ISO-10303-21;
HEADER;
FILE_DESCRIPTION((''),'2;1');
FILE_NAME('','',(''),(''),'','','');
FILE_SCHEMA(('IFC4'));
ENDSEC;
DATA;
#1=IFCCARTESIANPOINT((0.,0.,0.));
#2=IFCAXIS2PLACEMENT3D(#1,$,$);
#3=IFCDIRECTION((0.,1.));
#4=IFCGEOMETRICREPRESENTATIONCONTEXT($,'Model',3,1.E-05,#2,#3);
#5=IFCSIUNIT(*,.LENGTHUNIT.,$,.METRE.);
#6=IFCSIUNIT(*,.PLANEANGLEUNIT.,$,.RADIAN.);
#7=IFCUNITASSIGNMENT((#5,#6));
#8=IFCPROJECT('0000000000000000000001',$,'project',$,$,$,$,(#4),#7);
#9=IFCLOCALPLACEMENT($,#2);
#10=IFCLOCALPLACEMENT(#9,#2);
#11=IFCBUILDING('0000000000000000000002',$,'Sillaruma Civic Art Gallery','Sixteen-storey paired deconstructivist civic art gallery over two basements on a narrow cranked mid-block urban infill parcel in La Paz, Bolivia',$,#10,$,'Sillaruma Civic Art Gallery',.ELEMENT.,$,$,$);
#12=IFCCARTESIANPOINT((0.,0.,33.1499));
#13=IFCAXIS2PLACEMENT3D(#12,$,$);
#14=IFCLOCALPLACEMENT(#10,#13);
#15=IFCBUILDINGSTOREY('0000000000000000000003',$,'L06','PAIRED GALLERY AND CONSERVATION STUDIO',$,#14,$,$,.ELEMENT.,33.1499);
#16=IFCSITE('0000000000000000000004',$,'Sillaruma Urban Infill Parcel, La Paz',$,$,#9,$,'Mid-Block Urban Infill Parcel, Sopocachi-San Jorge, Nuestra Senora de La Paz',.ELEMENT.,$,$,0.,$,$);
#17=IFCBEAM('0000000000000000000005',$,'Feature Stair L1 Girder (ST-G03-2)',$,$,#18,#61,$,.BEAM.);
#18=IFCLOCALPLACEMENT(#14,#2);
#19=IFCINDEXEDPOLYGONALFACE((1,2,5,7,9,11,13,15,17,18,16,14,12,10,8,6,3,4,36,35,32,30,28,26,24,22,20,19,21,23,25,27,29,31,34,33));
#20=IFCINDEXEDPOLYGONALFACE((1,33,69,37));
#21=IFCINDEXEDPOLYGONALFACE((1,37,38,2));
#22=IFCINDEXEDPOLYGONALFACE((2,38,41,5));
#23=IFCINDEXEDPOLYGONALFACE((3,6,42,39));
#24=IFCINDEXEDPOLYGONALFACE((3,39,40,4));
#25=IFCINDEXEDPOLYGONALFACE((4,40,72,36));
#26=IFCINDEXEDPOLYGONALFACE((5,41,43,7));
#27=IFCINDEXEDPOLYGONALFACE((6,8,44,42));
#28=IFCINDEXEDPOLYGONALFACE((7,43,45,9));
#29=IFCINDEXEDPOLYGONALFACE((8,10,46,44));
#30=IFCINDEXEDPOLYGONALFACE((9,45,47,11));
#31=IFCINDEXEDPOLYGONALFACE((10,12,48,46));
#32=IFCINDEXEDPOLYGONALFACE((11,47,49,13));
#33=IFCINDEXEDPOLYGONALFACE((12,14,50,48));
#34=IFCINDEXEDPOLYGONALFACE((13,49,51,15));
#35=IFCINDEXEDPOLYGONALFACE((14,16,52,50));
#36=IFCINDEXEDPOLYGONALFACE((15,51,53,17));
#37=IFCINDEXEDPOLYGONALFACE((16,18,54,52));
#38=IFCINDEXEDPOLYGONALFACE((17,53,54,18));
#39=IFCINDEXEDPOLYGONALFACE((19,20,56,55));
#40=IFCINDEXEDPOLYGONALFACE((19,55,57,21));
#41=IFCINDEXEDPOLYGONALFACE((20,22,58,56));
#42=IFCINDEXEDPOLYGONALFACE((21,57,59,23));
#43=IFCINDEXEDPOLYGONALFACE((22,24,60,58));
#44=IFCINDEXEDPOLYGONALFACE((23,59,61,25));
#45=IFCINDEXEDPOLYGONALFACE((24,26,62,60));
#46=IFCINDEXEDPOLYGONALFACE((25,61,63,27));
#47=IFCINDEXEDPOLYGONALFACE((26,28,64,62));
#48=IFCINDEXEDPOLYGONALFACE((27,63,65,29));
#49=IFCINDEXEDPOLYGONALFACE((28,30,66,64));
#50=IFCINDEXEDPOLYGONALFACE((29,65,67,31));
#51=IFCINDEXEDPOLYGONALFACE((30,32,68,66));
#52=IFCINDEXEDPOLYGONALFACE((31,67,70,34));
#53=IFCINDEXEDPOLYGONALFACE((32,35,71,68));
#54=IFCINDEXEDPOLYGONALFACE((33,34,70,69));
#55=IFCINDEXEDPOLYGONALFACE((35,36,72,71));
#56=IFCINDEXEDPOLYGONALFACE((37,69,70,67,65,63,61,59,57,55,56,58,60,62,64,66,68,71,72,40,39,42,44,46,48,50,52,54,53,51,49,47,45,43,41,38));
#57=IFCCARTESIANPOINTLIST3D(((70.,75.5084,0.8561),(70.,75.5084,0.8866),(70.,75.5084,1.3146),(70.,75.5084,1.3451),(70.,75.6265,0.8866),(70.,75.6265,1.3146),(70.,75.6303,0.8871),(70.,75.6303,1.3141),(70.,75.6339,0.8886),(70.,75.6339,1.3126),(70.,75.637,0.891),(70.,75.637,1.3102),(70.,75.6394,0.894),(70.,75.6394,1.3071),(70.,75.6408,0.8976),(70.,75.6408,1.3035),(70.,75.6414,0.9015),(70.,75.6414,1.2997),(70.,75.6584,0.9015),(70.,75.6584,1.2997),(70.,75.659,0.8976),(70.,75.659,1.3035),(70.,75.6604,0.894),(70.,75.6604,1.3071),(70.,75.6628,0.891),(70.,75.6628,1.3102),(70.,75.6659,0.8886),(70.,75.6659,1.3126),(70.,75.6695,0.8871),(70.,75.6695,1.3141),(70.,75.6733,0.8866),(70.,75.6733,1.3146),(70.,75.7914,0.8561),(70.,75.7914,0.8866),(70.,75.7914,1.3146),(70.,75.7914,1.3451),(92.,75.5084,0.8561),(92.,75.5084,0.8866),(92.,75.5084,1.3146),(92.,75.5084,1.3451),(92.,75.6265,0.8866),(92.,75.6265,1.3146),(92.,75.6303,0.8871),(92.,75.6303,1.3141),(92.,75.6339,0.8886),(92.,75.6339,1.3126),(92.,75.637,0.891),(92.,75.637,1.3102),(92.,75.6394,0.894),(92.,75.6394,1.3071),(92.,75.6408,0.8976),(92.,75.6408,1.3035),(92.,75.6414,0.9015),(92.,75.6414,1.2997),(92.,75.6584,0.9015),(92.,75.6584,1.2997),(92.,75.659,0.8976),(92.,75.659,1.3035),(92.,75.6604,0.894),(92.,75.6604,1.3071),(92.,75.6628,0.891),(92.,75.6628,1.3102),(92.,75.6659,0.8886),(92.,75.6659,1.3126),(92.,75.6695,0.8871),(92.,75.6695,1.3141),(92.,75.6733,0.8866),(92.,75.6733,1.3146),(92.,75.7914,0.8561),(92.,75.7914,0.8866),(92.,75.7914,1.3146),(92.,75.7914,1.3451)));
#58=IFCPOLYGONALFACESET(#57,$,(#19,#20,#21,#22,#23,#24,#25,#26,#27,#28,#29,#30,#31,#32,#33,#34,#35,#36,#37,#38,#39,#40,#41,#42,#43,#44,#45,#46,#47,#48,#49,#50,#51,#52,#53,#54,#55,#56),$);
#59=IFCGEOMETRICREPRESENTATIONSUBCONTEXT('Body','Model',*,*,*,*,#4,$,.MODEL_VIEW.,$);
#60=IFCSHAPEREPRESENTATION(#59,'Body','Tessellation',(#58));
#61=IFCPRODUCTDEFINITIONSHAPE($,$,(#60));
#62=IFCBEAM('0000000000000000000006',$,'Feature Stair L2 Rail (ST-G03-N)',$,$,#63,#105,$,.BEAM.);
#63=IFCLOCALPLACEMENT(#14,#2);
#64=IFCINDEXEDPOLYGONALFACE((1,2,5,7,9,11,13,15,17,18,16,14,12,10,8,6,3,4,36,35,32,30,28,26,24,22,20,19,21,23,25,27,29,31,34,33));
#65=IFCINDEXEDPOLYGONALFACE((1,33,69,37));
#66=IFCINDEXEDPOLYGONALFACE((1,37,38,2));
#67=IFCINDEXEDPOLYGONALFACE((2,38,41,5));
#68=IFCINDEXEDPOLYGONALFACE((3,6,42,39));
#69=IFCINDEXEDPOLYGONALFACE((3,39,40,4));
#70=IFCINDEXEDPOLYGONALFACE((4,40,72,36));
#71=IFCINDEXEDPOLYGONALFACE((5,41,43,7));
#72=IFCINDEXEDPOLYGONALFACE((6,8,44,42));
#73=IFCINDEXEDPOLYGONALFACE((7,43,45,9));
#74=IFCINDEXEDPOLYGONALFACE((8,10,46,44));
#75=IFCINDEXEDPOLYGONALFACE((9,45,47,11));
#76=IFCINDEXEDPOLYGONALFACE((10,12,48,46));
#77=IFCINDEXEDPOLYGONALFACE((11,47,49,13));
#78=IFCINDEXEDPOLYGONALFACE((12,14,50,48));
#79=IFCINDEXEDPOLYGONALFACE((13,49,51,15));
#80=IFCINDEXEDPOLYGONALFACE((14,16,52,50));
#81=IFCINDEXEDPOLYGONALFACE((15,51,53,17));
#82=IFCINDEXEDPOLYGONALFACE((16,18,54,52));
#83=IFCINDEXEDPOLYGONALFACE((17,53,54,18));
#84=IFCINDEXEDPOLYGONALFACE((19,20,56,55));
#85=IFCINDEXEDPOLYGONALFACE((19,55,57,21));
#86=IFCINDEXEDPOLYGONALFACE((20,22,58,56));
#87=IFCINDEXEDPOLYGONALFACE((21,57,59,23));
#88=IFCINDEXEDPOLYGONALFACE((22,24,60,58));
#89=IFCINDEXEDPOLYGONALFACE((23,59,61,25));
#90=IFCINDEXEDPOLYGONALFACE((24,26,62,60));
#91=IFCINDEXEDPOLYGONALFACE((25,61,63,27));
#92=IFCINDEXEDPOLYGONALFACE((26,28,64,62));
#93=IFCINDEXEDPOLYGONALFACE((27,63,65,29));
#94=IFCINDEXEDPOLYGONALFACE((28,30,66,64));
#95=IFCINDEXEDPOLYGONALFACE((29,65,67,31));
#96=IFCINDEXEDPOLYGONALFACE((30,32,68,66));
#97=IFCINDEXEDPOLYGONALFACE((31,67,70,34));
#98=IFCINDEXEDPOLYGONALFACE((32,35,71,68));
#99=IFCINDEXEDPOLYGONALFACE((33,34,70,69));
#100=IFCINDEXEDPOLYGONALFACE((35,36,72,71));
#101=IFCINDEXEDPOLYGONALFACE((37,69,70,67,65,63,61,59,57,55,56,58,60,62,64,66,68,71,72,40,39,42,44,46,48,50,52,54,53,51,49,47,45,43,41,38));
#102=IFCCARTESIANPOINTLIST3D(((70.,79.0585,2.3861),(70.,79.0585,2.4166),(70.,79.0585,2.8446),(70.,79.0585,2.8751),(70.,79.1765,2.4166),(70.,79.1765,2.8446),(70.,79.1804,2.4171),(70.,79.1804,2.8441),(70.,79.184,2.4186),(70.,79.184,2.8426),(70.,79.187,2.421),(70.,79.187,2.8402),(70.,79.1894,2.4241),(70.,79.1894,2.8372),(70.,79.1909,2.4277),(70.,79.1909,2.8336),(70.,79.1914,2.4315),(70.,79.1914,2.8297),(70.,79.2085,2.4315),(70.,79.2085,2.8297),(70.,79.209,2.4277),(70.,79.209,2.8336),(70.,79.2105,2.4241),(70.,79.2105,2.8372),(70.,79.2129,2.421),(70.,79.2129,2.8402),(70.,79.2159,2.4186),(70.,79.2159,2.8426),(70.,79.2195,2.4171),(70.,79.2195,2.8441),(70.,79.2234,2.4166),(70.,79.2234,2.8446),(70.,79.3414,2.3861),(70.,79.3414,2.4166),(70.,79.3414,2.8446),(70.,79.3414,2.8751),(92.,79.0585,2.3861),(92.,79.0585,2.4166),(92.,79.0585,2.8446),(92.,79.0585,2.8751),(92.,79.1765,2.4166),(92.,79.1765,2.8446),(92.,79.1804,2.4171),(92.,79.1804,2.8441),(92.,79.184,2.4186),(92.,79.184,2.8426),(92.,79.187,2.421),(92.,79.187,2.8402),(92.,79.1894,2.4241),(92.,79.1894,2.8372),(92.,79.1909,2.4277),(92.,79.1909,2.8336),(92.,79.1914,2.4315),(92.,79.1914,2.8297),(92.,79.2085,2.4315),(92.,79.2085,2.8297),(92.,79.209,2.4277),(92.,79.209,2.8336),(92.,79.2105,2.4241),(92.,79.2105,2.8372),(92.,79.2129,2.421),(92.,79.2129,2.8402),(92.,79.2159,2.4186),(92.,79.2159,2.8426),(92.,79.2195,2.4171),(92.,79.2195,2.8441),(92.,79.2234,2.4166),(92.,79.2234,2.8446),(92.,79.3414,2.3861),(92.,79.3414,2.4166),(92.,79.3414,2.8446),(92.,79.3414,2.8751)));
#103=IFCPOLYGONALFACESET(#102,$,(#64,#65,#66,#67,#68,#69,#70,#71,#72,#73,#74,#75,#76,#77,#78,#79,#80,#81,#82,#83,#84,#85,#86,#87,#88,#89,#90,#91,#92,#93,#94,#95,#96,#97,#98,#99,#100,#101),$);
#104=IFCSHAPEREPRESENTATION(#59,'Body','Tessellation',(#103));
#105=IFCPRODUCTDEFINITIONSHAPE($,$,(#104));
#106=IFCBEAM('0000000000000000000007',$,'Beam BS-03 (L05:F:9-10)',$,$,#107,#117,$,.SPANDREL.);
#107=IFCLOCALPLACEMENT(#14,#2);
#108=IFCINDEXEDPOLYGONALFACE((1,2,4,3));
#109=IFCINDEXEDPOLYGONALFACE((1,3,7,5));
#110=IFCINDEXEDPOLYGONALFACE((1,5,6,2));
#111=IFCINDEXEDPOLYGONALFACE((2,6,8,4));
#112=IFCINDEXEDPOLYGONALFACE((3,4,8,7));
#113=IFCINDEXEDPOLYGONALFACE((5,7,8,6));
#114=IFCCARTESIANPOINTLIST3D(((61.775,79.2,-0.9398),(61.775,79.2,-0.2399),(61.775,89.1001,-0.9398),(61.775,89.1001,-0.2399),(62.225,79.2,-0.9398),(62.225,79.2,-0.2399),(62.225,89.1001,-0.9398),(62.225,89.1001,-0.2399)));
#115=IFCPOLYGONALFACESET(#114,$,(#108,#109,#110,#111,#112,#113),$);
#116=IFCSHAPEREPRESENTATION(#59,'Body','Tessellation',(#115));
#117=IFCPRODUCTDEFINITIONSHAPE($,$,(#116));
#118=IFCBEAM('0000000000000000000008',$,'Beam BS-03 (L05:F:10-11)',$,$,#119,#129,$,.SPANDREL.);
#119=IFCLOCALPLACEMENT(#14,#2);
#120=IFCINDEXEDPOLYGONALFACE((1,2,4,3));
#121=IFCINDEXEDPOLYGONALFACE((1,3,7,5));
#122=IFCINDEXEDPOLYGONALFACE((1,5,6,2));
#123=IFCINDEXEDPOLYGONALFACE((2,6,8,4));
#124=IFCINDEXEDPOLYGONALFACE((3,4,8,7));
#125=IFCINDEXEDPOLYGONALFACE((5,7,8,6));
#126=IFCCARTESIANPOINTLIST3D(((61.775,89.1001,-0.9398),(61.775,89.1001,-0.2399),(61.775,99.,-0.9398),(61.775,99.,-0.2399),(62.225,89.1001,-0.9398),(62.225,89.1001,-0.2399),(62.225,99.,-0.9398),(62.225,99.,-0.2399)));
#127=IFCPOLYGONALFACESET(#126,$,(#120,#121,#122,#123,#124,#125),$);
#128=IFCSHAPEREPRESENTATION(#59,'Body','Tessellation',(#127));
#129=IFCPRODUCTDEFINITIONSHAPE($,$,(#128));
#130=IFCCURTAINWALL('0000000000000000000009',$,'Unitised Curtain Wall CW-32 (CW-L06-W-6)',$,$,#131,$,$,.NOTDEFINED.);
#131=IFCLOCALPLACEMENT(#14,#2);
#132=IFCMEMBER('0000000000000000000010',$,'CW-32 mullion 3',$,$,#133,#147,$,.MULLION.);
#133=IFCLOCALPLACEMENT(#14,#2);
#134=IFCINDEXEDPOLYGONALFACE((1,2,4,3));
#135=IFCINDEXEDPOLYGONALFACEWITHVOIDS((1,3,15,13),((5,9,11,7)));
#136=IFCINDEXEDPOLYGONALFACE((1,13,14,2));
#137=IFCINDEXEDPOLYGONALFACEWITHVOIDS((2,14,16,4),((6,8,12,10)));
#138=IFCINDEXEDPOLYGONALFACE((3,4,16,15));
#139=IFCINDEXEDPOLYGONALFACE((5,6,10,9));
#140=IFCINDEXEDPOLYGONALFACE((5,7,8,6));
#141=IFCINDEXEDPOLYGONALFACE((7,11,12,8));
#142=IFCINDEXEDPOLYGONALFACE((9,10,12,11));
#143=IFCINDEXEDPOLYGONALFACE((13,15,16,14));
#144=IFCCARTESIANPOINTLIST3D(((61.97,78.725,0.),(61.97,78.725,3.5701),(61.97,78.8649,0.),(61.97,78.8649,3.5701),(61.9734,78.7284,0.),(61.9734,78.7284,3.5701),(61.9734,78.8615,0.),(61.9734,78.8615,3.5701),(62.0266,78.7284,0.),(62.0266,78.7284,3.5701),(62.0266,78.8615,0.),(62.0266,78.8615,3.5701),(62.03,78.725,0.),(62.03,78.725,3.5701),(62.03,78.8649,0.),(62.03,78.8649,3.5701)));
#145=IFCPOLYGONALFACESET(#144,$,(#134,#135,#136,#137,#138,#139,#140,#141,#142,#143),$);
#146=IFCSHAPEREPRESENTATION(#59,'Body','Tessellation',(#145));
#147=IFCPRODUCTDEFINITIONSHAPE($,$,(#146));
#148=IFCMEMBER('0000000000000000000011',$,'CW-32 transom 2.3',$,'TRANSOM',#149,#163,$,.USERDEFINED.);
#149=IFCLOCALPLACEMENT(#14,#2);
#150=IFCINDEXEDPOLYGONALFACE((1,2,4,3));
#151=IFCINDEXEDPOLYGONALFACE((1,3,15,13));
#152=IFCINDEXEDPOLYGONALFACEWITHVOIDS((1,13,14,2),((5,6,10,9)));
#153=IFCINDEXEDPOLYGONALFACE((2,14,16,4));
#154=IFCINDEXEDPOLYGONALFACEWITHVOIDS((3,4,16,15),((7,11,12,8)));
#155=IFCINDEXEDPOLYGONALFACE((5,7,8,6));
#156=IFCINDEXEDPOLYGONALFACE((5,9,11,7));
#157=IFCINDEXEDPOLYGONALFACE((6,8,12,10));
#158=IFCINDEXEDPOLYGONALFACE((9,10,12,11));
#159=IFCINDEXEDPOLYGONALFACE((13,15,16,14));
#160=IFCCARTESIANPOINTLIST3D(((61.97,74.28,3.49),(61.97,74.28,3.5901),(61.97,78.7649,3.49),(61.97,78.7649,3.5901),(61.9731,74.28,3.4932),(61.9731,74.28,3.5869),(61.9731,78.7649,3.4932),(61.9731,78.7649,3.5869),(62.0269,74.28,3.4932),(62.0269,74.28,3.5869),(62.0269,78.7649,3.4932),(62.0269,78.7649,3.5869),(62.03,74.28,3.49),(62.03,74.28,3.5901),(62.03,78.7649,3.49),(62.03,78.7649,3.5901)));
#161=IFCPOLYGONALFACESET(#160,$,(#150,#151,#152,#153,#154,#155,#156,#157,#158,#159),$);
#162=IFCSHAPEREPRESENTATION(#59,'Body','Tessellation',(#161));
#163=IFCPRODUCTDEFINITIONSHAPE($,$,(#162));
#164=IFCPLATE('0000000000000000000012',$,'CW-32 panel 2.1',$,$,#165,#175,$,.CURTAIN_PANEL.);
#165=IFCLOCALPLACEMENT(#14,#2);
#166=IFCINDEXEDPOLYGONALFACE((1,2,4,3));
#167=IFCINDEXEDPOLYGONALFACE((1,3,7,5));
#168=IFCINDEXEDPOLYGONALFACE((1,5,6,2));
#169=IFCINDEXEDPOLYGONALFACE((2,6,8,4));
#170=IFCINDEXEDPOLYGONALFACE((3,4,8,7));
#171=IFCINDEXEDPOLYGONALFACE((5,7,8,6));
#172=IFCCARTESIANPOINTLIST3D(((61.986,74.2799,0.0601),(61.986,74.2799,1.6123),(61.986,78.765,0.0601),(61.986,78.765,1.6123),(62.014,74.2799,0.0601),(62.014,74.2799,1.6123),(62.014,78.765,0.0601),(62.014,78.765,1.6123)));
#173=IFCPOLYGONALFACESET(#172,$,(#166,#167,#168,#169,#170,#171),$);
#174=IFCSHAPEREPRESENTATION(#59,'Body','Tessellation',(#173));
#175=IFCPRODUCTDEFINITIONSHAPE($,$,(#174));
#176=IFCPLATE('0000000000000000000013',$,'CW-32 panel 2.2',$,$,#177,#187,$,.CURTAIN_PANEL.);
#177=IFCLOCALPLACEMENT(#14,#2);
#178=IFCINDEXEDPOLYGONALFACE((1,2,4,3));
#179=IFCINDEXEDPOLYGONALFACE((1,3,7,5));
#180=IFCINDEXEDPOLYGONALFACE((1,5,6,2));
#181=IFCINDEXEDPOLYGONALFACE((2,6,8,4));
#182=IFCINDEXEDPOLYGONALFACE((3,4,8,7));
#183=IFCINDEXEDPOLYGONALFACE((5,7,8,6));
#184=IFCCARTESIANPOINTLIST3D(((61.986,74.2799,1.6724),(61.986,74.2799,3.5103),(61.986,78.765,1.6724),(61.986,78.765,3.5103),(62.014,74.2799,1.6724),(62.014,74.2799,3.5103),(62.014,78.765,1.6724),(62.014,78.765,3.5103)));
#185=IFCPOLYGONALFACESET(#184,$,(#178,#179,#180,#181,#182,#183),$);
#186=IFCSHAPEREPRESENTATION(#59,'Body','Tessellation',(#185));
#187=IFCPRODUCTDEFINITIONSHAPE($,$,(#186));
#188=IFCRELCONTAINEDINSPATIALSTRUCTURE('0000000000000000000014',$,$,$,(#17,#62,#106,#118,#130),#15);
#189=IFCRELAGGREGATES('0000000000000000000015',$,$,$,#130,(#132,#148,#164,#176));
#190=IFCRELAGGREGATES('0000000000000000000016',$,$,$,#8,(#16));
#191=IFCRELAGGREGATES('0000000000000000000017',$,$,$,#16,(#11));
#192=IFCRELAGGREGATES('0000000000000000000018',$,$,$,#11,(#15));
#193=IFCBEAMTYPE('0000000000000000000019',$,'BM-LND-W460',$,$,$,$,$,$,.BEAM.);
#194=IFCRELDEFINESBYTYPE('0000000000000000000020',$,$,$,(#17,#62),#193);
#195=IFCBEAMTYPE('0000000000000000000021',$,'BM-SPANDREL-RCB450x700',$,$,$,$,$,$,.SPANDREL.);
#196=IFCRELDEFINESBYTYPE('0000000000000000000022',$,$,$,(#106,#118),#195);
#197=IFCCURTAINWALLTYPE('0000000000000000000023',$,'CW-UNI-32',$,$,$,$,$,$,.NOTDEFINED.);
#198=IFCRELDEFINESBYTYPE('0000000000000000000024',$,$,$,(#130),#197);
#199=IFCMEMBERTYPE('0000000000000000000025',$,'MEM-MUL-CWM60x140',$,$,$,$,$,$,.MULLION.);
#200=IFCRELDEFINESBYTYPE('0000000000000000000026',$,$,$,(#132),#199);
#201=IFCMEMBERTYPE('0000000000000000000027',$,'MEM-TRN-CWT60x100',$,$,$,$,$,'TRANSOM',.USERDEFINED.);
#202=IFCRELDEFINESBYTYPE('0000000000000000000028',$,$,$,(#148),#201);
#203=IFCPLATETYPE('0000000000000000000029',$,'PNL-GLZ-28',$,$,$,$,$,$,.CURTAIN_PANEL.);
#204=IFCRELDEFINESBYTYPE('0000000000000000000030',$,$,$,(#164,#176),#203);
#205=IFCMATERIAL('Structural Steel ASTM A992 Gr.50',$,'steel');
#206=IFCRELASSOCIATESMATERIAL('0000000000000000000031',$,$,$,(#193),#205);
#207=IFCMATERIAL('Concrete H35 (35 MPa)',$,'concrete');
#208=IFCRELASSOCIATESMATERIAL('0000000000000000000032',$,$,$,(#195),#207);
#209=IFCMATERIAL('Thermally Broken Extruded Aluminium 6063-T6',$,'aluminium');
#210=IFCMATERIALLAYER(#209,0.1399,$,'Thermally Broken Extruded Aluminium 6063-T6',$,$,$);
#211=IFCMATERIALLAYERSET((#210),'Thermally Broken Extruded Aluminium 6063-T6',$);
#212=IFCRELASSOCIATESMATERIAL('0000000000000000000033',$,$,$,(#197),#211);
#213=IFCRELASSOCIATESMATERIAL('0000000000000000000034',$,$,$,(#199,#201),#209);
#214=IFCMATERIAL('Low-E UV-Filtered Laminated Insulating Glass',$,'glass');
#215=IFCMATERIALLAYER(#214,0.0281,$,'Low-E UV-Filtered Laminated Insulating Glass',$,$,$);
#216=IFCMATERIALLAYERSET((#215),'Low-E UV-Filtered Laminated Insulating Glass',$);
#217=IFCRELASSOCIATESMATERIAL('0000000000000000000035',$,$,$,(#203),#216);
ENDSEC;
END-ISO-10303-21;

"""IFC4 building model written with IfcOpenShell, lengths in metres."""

from ifc_helpers import new_model, si_unit, direction, frame, origin, origin_2d, place, context, subcontext, project, spatial, rectangle, hollow_rectangle, i_section, extrude, material, layer, layer_set, material_profile, profile_set, type_object, element, aggregate, save


model = new_model("IFC4")

# Units and contexts
model_context = context("Model", 3, precision=1e-05, world=origin(), true_north=direction((0.0, 1.0)))
body_context = subcontext(model_context, "Body", "Model", "MODEL_VIEW")
ifc_project = project(units=[si_unit("LENGTHUNIT", "METRE"), si_unit("PLANEANGLEUNIT", "RADIAN")], contexts=[model_context])

# Site, building, storey
site_placement = place(None, origin())
site = spatial("IfcSite", under=ifc_project, at=site_placement, Name="Sillaruma Urban Infill Parcel, La Paz", LongName="Mid-Block Urban Infill Parcel, Sopocachi-San Jorge, Nuestra Senora de La Paz", CompositionType="ELEMENT", RefElevation=0.0)
building_placement = place(site_placement, origin())
building = spatial("IfcBuilding", under=site, at=building_placement, Name="Sillaruma Civic Art Gallery", Description="Sixteen-storey paired deconstructivist civic art gallery over two basements on a narrow cranked mid-block urban infill parcel in La Paz, Bolivia", LongName="Sillaruma Civic Art Gallery", CompositionType="ELEMENT")
storey_placement = place(building_placement, frame((0.0, 0.0, 33.1499)))
storey = spatial("IfcBuildingStorey", under=building, at=storey_placement, Name="L06", Description="PAIRED GALLERY AND CONSERVATION STUDIO", CompositionType="ELEMENT", Elevation=33.1499)

# Beams
ifc_material_1 = material(Name="Concrete H35 (35 MPa)", Category="concrete")
ifc_material_2 = material(Name="Structural Steel ASTM A992 Gr.50", Category="steel")
ifc_material_profile_1 = material_profile(ifc_material_2, i_section(OverallWidth=0.283, OverallDepth=0.489, WebThickness=0.0171, FlangeThickness=0.0305, FilletRadius=0.0149, at=origin_2d()), Name="W460x193")
ifc_profile_set_1 = profile_set([ifc_material_profile_1], Name="Structural Steel ASTM A992 Gr.50")
beam_type_1 = type_object("IfcBeamType", Name="BM-LND-W460", PredefinedType="BEAM", material=ifc_profile_set_1)
for number, where, z_axis, x_axis, name in (
    (1, (70.0, 75.6499, 1.1006), (1.0, 0.0, 0.0), (0.0, 1.0, 0.0), "Feature Stair L1 Girder (ST-G03-2)"),
    (2, (70.0, 79.2, 2.6306), (1.0, 0.0, 0.0), (0.0, 1.0, 0.0), "Feature Stair L2 Rail (ST-G03-N)"),
):
    element("IfcBeam", number, at=place(storey_placement, frame(where, z_axis=z_axis, x_axis=x_axis)), inside=storey, type_object=beam_type_1, Name=name, PredefinedType="BEAM", context=body_context, shape_type="SweptSolid", body=[
        extrude(i_section(OverallWidth=0.283, OverallDepth=0.489, WebThickness=0.0171, FlangeThickness=0.0305, FilletRadius=0.0149, at=origin_2d()), origin(), (0.0, 0.0, 1.0), 22.0),
    ])
ifc_material_profile_2 = material_profile(ifc_material_1, rectangle(XDim=0.45, YDim=0.7, at=origin_2d()), Name="RCB450x700")
ifc_profile_set_2 = profile_set([ifc_material_profile_2], Name="Concrete H35 (35 MPa)")
beam_type_2 = type_object("IfcBeamType", Name="BM-SPANDREL-RCB450x700", PredefinedType="SPANDREL", material=ifc_profile_set_2)
beam_1_placement = place(storey_placement, frame((62.0, 79.2, -0.5898), z_axis=(0.0, 1.0, 0.0), x_axis=(-1.0, 0.0, 0.0)))
element("IfcBeam", 3, at=beam_1_placement, inside=storey, type_object=beam_type_2, Name="Beam BS-03 (L05:F:9-10)", PredefinedType="SPANDREL", context=body_context, shape_type="SweptSolid", body=[
    extrude(rectangle(XDim=0.45, YDim=0.7, at=origin_2d()), origin(), (0.0, 0.0, 1.0), 9.9001),
])
beam_2_placement = place(storey_placement, frame((62.0, 89.1001, -0.5898), z_axis=(0.0, 1.0, 0.0), x_axis=(-1.0, 0.0, 0.0)))
element("IfcBeam", 4, at=beam_2_placement, inside=storey, type_object=beam_type_2, Name="Beam BS-03 (L05:F:10-11)", PredefinedType="SPANDREL", context=body_context, shape_type="SweptSolid", body=[
    extrude(rectangle(XDim=0.45, YDim=0.7, at=origin_2d()), origin(), (0.0, 0.0, 1.0), 9.8999),
])

# Curtain wall, members, plates
ifc_material_3 = material(Name="Thermally Broken Extruded Aluminium 6063-T6", Category="aluminium")
ifc_layer_1 = layer(ifc_material_3, 0.1399, Name="Thermally Broken Extruded Aluminium 6063-T6")
ifc_layer_set_1 = layer_set([ifc_layer_1], Name="Thermally Broken Extruded Aluminium 6063-T6")
curtain_wall_type = type_object("IfcCurtainWallType", Name="CW-UNI-32", PredefinedType="NOTDEFINED", material=ifc_layer_set_1)
curtain_wall_placement = place(storey_placement, origin())
curtain_wall = element("IfcCurtainWall", 5, at=curtain_wall_placement, inside=storey, type_object=curtain_wall_type, Name="Unitised Curtain Wall CW-32 (CW-L06-W-6)", PredefinedType="NOTDEFINED")
ifc_material_profile_3 = material_profile(ifc_material_3, hollow_rectangle(XDim=0.0601, YDim=0.1399, WallThickness=0.0034, at=origin_2d()), Name="CWM60x140")
ifc_profile_set_3 = profile_set([ifc_material_profile_3], Name="Thermally Broken Extruded Aluminium 6063-T6")
member_type_1 = type_object("IfcMemberType", Name="MEM-MUL-CWM60x140", PredefinedType="MULLION", material=ifc_profile_set_3)
member_1_placement = place(storey_placement, frame((62.0, 78.7949, 0.0), z_axis=(0.0, 0.0, 1.0), x_axis=(-1.0, 0.0, 0.0)))
member_1 = element("IfcMember", 6, at=member_1_placement, type_object=member_type_1, Name="CW-32 mullion 3", PredefinedType="MULLION", context=body_context, shape_type="SweptSolid", body=[
    extrude(hollow_rectangle(XDim=0.0601, YDim=0.1399, WallThickness=0.0034, at=origin_2d()), origin(), (0.0, 0.0, 1.0), 3.5701),
])
ifc_material_profile_4 = material_profile(ifc_material_3, hollow_rectangle(XDim=0.0601, YDim=0.1001, WallThickness=0.0032, at=origin_2d()), Name="CWT60x100")
ifc_profile_set_4 = profile_set([ifc_material_profile_4], Name="Thermally Broken Extruded Aluminium 6063-T6")
member_type_2 = type_object("IfcMemberType", Name="MEM-TRN-CWT60x100", ElementType="TRANSOM", PredefinedType="USERDEFINED", material=ifc_profile_set_4)
member_2_placement = place(storey_placement, frame((62.0, 74.28, 3.54), z_axis=(0.0, 1.0, 0.0), x_axis=(-1.0, 0.0, 0.0)))
member_2 = element("IfcMember", 7, at=member_2_placement, type_object=member_type_2, Name="CW-32 transom 2.3", ObjectType="TRANSOM", PredefinedType="USERDEFINED", context=body_context, shape_type="SweptSolid", body=[
    extrude(hollow_rectangle(XDim=0.0601, YDim=0.1001, WallThickness=0.0032, at=origin_2d()), origin(), (0.0, 0.0, 1.0), 4.4849),
])
ifc_material_4 = material(Name="Low-E UV-Filtered Laminated Insulating Glass", Category="glass")
ifc_layer_2 = layer(ifc_material_4, 0.0281, Name="Low-E UV-Filtered Laminated Insulating Glass")
ifc_layer_set_2 = layer_set([ifc_layer_2], Name="Low-E UV-Filtered Laminated Insulating Glass")
plate_type = type_object("IfcPlateType", Name="PNL-GLZ-28", PredefinedType="CURTAIN_PANEL", material=ifc_layer_set_2)
plate_1_placement = place(storey_placement, frame((62.0, 76.5225, 0.0601), z_axis=(0.0, 0.0, 1.0), x_axis=(0.0, 1.0, 0.0)))
plate_1 = element("IfcPlate", 8, at=plate_1_placement, type_object=plate_type, Name="CW-32 panel 2.1", PredefinedType="CURTAIN_PANEL", context=body_context, shape_type="SweptSolid", body=[
    extrude(rectangle(XDim=4.4851, YDim=0.0281, at=origin_2d()), origin(), (0.0, 0.0, 1.0), 1.5522),
])
plate_2_placement = place(storey_placement, frame((62.0, 76.5225, 1.6724), z_axis=(0.0, 0.0, 1.0), x_axis=(0.0, 1.0, 0.0)))
plate_2 = element("IfcPlate", 9, at=plate_2_placement, type_object=plate_type, Name="CW-32 panel 2.2", PredefinedType="CURTAIN_PANEL", context=body_context, shape_type="SweptSolid", body=[
    extrude(rectangle(XDim=4.4851, YDim=0.0281, at=origin_2d()), origin(), (0.0, 0.0, 1.0), 1.8379),
])
aggregate(curtain_wall, [member_1, member_2, plate_1, plate_2])

save(model, "model.ifc")
